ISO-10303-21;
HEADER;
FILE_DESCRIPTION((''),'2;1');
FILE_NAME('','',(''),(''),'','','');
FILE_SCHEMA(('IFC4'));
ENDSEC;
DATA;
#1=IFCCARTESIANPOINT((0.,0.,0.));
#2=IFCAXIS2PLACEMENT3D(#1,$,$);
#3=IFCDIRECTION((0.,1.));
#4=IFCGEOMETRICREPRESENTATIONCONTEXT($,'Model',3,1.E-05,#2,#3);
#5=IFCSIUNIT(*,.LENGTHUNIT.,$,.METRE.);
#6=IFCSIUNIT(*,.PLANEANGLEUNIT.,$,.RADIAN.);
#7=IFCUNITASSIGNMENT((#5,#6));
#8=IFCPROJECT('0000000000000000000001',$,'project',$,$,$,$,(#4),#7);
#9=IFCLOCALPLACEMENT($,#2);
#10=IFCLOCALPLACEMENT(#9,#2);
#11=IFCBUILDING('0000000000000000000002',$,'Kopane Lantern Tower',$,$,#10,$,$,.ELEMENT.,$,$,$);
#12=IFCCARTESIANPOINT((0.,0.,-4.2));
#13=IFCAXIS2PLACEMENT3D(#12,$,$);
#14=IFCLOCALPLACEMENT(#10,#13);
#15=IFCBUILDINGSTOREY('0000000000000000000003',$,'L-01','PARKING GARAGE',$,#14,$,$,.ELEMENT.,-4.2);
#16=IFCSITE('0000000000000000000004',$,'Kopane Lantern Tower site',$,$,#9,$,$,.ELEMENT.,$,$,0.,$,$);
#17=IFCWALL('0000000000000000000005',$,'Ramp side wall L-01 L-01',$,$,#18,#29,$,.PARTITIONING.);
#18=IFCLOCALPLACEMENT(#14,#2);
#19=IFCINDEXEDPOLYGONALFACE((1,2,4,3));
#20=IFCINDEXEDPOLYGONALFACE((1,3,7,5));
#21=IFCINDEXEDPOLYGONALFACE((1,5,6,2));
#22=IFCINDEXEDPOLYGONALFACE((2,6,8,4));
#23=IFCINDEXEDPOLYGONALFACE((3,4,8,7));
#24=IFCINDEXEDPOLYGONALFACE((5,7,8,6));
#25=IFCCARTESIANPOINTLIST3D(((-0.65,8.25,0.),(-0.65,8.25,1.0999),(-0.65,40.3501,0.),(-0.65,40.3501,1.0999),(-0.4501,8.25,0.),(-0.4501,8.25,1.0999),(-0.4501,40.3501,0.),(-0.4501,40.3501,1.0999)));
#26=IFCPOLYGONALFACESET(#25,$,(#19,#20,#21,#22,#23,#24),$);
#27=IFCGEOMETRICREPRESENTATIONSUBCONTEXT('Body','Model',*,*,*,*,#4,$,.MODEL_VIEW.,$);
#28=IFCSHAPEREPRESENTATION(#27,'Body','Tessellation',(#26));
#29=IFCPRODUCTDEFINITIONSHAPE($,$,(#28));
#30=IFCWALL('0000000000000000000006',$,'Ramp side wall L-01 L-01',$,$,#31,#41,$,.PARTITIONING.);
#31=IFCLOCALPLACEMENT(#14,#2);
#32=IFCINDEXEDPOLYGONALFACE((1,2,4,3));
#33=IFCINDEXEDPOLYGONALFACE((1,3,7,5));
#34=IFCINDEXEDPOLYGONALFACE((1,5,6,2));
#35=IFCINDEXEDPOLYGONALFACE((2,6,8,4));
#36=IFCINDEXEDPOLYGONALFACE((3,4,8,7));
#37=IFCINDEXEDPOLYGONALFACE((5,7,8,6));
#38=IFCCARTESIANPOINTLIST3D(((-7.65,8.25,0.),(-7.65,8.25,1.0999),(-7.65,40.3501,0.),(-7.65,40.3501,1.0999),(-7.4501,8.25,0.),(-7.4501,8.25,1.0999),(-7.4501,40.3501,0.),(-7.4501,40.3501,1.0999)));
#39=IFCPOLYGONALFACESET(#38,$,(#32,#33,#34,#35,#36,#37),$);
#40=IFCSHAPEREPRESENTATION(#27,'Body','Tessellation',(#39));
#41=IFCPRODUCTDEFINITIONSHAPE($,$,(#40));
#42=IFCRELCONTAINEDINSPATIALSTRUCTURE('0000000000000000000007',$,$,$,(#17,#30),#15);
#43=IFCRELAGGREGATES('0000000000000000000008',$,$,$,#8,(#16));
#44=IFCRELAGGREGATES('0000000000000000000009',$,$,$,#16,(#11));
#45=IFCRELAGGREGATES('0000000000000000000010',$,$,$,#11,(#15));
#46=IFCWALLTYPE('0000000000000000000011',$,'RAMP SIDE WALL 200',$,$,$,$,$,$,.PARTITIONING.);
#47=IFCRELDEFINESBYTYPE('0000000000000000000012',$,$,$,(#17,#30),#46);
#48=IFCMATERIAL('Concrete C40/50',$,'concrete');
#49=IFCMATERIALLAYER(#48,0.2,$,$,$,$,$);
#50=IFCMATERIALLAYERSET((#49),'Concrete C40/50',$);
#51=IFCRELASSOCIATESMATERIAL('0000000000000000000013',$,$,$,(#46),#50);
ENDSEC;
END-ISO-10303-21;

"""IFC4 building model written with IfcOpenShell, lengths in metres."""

from ifc_helpers import new_model, si_unit, direction, frame, frame_2d, origin, place, context, subcontext, project, spatial, rectangle, extrude, material, layer, layer_set, type_object, element, save


model = new_model("IFC4")

# Units and contexts
model_context = context("Model", 3, precision=1e-05, world=origin(), true_north=direction((0.0, 1.0)))
body_context = subcontext(model_context, "Body", "Model", "MODEL_VIEW")
ifc_project = project(units=[si_unit("LENGTHUNIT", "METRE"), si_unit("PLANEANGLEUNIT", "RADIAN")], contexts=[model_context])

# Site, building, storey
site_placement = place(None, origin())
site = spatial("IfcSite", under=ifc_project, at=site_placement, Name="Kopane Lantern Tower site", CompositionType="ELEMENT", RefElevation=0.0)
building_placement = place(site_placement, origin())
building = spatial("IfcBuilding", under=site, at=building_placement, Name="Kopane Lantern Tower", CompositionType="ELEMENT")
storey_placement = place(building_placement, frame((0.0, 0.0, -4.2)))
storey = spatial("IfcBuildingStorey", under=building, at=storey_placement, Name="L-01", Description="PARKING GARAGE", CompositionType="ELEMENT", Elevation=-4.2)

# Walls
ifc_material_1 = material(Name="Concrete C40/50", Category="concrete")
ifc_layer_1 = layer(ifc_material_1, 0.2)
ifc_layer_set_1 = layer_set([ifc_layer_1], Name="Concrete C40/50")
wall_type = type_object("IfcWallType", Name="RAMP SIDE WALL 200", PredefinedType="PARTITIONING", material=ifc_layer_set_1)
for number, where, z_axis, x_axis, name in (
    (1, (-0.55, 8.25, 0.0), (0.0, 0.0, 1.0), (0.0, 1.0, 0.0), "Ramp side wall L-01 L-01"),
    (2, (-7.55, 8.25, 0.0), (0.0, 0.0, 1.0), (0.0, 1.0, 0.0), "Ramp side wall L-01 L-01"),
):
    element("IfcWall", number, at=place(storey_placement, frame(where, z_axis=z_axis, x_axis=x_axis)), inside=storey, type_object=wall_type, Name=name, PredefinedType="PARTITIONING", context=body_context, shape_type="SweptSolid", body=[
        extrude(rectangle(XDim=32.1001, YDim=0.2, at=frame_2d((16.05, 0.0))), origin(), (0.0, 0.0, 1.0), 1.0999),
    ])

save(model, "model.ifc")
